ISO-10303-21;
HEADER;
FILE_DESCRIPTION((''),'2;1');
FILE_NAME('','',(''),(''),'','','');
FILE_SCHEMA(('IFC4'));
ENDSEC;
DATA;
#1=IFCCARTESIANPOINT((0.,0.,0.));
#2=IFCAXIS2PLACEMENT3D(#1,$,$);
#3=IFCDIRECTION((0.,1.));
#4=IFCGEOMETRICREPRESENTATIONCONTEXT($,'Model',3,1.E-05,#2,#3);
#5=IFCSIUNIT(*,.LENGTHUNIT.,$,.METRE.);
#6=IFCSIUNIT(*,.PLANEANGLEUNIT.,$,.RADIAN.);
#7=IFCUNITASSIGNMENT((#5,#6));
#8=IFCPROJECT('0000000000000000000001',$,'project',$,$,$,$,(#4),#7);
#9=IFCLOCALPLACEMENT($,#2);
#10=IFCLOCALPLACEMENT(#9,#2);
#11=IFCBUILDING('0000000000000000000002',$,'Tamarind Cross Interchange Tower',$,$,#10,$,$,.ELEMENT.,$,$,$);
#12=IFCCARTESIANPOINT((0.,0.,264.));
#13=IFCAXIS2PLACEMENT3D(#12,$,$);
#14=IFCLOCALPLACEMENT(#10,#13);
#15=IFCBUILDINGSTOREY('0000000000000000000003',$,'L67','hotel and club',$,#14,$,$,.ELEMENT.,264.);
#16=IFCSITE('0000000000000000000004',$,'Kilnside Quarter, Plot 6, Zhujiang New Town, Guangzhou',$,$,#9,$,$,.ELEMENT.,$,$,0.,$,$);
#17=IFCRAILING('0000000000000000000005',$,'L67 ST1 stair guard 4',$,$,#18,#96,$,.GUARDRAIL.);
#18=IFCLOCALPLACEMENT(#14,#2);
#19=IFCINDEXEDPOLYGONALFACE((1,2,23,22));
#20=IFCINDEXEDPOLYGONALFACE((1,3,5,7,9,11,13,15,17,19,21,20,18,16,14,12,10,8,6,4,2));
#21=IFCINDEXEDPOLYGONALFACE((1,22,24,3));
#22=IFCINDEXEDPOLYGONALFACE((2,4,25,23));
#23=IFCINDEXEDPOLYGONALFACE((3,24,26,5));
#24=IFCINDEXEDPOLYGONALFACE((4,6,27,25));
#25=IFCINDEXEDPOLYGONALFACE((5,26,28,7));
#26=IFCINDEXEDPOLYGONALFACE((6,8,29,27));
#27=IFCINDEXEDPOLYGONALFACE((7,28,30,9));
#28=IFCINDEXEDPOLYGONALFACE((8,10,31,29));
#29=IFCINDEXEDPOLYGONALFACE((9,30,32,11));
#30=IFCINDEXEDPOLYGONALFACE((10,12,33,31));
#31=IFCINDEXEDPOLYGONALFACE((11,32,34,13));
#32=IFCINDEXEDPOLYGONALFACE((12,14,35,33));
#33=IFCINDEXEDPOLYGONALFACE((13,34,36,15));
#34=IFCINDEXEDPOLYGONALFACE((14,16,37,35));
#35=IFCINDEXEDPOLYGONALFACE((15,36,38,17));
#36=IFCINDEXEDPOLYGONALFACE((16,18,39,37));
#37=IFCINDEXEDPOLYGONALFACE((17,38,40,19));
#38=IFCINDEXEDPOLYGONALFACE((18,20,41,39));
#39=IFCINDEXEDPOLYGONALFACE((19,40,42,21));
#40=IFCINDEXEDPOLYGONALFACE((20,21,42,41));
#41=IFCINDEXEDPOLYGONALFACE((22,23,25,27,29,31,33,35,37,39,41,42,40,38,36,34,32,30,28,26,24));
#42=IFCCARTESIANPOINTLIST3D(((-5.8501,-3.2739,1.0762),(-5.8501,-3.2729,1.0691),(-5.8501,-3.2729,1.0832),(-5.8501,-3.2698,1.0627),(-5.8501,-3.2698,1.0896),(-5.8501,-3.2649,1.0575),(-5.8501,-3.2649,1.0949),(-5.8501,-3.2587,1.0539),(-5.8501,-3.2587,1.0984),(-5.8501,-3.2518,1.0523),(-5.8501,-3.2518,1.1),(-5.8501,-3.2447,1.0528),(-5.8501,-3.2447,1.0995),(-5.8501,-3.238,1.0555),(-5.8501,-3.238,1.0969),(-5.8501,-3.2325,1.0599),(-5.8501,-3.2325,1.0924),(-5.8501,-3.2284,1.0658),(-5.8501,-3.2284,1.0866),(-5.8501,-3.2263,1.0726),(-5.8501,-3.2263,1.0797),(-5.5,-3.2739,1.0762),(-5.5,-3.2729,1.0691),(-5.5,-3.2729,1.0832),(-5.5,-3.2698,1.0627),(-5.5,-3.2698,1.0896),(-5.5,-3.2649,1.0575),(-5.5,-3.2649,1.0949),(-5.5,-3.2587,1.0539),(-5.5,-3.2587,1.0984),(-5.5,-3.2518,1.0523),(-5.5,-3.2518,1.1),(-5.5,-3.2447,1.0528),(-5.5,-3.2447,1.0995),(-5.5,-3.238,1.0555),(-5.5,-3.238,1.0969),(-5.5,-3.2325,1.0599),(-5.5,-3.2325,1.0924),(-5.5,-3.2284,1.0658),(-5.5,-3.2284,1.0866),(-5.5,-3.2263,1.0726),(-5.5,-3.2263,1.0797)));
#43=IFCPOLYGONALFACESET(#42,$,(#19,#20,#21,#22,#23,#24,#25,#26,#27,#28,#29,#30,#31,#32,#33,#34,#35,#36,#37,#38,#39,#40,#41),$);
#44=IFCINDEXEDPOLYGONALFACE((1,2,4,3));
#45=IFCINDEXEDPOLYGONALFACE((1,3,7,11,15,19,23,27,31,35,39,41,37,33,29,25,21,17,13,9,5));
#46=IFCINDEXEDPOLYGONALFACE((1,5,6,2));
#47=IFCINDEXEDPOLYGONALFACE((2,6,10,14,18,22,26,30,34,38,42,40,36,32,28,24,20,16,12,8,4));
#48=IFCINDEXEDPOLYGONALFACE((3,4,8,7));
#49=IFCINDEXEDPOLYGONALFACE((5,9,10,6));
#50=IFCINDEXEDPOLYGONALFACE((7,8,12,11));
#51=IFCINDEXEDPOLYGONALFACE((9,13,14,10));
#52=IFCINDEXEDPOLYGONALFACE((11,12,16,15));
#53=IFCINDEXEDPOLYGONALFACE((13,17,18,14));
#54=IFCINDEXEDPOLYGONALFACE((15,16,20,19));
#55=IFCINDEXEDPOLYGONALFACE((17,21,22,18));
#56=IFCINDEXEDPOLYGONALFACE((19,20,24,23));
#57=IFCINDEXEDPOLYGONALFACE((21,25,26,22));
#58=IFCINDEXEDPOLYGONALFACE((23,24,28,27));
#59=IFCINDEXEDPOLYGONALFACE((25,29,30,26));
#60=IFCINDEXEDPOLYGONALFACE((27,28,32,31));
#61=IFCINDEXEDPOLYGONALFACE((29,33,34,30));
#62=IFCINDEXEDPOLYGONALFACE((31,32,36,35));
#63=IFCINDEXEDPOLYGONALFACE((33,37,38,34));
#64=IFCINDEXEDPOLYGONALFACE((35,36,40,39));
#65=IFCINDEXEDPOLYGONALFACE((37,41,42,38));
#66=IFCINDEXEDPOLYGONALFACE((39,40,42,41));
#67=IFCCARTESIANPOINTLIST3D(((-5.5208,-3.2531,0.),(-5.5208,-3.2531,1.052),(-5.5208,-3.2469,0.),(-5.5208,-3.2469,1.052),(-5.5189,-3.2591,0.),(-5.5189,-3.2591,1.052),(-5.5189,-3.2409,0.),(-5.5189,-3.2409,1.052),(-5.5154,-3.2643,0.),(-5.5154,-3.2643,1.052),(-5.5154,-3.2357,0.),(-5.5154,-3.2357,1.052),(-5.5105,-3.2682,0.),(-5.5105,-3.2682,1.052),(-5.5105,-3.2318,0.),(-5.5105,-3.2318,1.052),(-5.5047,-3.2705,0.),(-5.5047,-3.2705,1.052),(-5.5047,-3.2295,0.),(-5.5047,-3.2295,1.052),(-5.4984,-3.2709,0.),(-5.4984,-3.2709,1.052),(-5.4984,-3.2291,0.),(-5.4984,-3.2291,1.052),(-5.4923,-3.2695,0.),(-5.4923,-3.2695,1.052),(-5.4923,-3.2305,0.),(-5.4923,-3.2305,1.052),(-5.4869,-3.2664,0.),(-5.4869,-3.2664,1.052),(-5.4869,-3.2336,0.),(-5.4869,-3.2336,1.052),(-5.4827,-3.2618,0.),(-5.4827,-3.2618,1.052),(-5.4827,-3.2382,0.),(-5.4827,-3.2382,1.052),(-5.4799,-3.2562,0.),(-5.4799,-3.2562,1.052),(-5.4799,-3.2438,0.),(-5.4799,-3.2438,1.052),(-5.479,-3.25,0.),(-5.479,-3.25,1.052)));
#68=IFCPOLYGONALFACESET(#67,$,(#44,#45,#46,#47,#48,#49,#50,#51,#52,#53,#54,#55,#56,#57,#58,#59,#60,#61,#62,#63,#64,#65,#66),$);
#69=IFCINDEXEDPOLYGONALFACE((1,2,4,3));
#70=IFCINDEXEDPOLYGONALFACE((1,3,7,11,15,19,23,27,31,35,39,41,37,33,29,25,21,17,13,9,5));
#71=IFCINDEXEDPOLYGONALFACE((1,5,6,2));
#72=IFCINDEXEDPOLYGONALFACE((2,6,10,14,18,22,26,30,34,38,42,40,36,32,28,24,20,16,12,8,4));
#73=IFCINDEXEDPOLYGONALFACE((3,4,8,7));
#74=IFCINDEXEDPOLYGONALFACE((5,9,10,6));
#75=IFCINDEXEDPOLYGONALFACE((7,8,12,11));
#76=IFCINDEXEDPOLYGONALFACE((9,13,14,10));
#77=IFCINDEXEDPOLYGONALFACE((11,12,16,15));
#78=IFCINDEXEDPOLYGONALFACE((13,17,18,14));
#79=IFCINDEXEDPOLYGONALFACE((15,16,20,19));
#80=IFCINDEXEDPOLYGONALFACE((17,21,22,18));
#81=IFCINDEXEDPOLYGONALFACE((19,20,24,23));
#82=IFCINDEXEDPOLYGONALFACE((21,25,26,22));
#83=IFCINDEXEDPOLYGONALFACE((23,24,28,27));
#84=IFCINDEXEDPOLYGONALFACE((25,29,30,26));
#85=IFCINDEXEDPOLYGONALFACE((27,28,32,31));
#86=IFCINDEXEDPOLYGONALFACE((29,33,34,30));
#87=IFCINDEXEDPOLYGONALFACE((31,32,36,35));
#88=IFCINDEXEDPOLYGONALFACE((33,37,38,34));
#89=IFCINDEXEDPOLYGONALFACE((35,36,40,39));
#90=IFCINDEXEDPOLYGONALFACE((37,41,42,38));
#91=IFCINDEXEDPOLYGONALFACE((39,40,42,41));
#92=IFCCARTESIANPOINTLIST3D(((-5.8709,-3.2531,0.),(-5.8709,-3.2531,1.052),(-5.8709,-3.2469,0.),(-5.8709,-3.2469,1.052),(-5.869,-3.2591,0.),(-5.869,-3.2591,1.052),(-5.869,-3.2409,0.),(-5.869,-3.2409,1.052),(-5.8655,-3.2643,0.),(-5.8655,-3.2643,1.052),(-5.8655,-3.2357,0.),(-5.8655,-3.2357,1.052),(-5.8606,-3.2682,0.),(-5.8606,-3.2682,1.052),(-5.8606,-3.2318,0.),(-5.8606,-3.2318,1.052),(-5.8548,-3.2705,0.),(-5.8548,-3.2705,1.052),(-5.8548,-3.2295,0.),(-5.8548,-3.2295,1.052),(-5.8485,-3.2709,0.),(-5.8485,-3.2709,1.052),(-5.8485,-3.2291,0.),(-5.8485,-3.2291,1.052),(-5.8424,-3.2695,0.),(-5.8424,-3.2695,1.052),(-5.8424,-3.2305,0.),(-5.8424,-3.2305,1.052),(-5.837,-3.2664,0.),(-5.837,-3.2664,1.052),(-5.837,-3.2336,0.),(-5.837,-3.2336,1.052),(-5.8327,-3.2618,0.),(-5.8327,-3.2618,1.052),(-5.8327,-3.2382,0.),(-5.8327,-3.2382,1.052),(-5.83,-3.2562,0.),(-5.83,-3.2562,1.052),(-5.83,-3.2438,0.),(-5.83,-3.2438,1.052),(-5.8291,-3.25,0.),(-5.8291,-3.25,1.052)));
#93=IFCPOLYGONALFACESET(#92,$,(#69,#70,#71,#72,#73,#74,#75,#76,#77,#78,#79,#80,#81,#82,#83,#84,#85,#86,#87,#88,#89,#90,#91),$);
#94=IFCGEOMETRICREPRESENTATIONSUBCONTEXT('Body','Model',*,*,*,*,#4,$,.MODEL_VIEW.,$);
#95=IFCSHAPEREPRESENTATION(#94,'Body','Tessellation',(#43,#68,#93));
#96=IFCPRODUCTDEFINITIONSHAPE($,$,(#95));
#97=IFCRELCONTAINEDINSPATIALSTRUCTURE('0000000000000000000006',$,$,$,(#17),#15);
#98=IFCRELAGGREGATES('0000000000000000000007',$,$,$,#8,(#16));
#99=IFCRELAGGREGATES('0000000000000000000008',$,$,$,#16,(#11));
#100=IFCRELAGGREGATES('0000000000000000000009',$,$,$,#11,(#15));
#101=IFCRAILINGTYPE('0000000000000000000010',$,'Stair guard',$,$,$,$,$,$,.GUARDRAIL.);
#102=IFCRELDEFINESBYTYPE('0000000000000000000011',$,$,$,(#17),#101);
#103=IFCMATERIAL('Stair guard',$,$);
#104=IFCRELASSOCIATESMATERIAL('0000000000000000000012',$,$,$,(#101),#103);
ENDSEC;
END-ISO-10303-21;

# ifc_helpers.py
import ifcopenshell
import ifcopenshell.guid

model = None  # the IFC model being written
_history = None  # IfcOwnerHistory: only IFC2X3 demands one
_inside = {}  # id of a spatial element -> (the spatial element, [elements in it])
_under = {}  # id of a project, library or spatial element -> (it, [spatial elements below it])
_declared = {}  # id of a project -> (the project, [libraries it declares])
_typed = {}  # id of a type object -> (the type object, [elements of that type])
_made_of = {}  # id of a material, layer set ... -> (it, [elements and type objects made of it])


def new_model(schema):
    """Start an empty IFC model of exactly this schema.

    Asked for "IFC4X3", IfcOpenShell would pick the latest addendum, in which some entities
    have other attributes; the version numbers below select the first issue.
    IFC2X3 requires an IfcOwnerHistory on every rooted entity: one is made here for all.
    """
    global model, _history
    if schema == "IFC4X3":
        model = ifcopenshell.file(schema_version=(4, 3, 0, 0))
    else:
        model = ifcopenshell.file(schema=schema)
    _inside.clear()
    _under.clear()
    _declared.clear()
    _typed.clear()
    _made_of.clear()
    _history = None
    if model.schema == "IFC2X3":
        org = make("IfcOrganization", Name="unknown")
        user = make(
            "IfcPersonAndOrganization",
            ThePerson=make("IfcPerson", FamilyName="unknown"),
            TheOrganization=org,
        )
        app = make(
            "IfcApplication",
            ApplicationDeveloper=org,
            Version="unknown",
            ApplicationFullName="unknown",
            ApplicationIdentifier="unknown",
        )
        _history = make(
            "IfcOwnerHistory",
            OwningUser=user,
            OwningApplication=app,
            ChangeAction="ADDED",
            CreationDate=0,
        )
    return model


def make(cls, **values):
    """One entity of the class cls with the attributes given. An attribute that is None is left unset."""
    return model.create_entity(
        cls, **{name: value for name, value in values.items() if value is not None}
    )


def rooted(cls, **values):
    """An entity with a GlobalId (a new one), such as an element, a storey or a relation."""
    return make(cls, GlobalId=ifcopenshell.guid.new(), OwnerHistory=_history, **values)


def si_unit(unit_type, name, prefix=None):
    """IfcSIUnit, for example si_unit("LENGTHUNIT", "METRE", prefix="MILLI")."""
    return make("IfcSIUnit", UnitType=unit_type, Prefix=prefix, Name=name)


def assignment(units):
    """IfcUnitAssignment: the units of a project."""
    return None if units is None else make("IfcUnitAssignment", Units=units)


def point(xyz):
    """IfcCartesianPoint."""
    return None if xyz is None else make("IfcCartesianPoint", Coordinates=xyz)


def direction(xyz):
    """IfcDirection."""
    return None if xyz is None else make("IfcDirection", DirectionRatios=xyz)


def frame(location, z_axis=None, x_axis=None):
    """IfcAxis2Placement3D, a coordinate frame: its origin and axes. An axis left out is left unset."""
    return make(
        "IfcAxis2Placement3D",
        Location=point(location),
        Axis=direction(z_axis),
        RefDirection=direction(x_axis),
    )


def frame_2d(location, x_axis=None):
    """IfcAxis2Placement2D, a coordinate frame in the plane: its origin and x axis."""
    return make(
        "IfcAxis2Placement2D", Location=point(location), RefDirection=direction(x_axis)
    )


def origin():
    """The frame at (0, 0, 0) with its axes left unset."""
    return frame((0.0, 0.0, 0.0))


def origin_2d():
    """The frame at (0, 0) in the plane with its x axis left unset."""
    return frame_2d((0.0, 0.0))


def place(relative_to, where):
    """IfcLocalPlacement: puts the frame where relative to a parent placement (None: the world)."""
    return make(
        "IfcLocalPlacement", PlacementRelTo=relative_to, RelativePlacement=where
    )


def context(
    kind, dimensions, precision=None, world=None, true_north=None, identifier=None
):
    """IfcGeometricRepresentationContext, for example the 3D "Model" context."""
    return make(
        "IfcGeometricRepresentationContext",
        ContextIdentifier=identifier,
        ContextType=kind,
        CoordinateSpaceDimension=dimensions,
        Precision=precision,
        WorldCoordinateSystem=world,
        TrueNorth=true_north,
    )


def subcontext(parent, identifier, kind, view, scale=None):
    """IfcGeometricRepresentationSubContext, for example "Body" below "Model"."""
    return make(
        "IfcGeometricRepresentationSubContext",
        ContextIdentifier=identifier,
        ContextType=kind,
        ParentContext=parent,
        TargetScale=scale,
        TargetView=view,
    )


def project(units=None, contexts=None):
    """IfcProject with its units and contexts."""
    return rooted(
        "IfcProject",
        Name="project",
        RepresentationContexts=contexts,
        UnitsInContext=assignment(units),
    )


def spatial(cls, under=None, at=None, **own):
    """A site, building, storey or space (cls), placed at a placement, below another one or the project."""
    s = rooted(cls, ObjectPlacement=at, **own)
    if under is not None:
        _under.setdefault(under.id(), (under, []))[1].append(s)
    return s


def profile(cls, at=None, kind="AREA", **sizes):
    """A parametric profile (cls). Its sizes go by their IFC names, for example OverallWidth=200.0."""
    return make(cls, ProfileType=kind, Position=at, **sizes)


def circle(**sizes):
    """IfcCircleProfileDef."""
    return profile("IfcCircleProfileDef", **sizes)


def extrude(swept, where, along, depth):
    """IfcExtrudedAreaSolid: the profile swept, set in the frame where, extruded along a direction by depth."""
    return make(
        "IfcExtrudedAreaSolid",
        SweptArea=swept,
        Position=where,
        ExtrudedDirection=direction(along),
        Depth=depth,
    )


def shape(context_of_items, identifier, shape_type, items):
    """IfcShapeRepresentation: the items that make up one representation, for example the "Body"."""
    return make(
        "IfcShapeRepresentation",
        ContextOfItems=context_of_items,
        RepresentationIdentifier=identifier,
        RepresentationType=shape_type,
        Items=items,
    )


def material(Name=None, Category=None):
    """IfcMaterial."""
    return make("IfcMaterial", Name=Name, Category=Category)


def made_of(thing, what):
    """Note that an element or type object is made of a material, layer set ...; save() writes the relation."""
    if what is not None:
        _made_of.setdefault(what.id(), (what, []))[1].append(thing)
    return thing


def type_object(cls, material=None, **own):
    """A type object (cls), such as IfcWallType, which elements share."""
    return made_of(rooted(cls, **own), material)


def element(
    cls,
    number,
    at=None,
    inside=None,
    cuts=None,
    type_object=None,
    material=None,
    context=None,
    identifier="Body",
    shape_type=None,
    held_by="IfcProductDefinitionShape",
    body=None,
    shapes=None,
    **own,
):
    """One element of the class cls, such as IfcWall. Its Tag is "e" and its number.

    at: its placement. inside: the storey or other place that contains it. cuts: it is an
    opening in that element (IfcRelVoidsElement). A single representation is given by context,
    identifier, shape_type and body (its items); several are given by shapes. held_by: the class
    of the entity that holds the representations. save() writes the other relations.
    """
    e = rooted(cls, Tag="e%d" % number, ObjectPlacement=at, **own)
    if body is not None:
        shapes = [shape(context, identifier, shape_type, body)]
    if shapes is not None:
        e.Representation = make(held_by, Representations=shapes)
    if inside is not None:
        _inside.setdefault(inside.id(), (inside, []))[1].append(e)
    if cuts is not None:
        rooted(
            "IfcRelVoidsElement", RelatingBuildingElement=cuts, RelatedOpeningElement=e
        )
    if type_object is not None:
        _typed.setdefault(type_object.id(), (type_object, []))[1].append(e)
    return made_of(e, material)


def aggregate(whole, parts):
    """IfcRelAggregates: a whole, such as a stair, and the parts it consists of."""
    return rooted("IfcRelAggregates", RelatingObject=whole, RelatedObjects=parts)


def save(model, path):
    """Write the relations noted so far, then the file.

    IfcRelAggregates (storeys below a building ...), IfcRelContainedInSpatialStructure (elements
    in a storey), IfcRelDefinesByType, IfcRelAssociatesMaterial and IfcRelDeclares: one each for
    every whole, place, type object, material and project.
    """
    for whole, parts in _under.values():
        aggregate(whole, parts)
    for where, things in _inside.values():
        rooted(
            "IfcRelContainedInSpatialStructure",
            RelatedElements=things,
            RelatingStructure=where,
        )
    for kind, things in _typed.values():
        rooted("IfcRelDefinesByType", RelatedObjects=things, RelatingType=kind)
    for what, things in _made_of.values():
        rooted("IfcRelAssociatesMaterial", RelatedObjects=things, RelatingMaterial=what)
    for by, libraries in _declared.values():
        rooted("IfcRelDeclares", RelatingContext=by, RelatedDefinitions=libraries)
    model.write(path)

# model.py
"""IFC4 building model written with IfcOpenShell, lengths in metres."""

from ifc_helpers import new_model, si_unit, direction, frame, origin, origin_2d, place, context, subcontext, project, spatial, circle, extrude, material, type_object, element, save


model = new_model("IFC4")

# Units and contexts
model_context = context("Model", 3, precision=1e-05, world=origin(), true_north=direction((0.0, 1.0)))
body_context = subcontext(model_context, "Body", "Model", "MODEL_VIEW")
ifc_project = project(units=[si_unit("LENGTHUNIT", "METRE"), si_unit("PLANEANGLEUNIT", "RADIAN")], contexts=[model_context])

# Site, building, storey
site_placement = place(None, origin())
site = spatial("IfcSite", under=ifc_project, at=site_placement, Name="Kilnside Quarter, Plot 6, Zhujiang New Town, Guangzhou", CompositionType="ELEMENT", RefElevation=0.0)
building_placement = place(site_placement, origin())
building = spatial("IfcBuilding", under=site, at=building_placement, Name="Tamarind Cross Interchange Tower", CompositionType="ELEMENT")
storey_placement = place(building_placement, frame((0.0, 0.0, 264.0)))
storey = spatial("IfcBuildingStorey", under=building, at=storey_placement, Name="L67", Description="hotel and club", CompositionType="ELEMENT", Elevation=264.0)

# Railing
ifc_material_1 = material(Name="Stair guard")
railing_type_1 = type_object("IfcRailingType", Name="Stair guard", PredefinedType="GUARDRAIL", material=ifc_material_1)
railing_1_placement = place(storey_placement, frame((-5.5, -3.25, 0.0)))
element("IfcRailing", 1, at=railing_1_placement, inside=storey, type_object=railing_type_1, Name="L67 ST1 stair guard 4", PredefinedType="GUARDRAIL", context=body_context, shape_type="SweptSolid", body=[
    extrude(circle(Radius=0.0239, at=origin_2d()), frame((0.0, 0.0, 1.0762), z_axis=(-1.0, 0.0, 0.0), x_axis=(0.0, -1.0, 0.0)), (0.0, 0.0, 1.0), 0.3501),
    extrude(circle(Radius=0.021, at=origin_2d()), origin(), (0.0, 0.0, 1.0), 1.052),
    extrude(circle(Radius=0.021, at=origin_2d()), frame((-0.3501, 0.0, 0.0)), (0.0, 0.0, 1.0), 1.052),
])

save(model, "model.ifc")
